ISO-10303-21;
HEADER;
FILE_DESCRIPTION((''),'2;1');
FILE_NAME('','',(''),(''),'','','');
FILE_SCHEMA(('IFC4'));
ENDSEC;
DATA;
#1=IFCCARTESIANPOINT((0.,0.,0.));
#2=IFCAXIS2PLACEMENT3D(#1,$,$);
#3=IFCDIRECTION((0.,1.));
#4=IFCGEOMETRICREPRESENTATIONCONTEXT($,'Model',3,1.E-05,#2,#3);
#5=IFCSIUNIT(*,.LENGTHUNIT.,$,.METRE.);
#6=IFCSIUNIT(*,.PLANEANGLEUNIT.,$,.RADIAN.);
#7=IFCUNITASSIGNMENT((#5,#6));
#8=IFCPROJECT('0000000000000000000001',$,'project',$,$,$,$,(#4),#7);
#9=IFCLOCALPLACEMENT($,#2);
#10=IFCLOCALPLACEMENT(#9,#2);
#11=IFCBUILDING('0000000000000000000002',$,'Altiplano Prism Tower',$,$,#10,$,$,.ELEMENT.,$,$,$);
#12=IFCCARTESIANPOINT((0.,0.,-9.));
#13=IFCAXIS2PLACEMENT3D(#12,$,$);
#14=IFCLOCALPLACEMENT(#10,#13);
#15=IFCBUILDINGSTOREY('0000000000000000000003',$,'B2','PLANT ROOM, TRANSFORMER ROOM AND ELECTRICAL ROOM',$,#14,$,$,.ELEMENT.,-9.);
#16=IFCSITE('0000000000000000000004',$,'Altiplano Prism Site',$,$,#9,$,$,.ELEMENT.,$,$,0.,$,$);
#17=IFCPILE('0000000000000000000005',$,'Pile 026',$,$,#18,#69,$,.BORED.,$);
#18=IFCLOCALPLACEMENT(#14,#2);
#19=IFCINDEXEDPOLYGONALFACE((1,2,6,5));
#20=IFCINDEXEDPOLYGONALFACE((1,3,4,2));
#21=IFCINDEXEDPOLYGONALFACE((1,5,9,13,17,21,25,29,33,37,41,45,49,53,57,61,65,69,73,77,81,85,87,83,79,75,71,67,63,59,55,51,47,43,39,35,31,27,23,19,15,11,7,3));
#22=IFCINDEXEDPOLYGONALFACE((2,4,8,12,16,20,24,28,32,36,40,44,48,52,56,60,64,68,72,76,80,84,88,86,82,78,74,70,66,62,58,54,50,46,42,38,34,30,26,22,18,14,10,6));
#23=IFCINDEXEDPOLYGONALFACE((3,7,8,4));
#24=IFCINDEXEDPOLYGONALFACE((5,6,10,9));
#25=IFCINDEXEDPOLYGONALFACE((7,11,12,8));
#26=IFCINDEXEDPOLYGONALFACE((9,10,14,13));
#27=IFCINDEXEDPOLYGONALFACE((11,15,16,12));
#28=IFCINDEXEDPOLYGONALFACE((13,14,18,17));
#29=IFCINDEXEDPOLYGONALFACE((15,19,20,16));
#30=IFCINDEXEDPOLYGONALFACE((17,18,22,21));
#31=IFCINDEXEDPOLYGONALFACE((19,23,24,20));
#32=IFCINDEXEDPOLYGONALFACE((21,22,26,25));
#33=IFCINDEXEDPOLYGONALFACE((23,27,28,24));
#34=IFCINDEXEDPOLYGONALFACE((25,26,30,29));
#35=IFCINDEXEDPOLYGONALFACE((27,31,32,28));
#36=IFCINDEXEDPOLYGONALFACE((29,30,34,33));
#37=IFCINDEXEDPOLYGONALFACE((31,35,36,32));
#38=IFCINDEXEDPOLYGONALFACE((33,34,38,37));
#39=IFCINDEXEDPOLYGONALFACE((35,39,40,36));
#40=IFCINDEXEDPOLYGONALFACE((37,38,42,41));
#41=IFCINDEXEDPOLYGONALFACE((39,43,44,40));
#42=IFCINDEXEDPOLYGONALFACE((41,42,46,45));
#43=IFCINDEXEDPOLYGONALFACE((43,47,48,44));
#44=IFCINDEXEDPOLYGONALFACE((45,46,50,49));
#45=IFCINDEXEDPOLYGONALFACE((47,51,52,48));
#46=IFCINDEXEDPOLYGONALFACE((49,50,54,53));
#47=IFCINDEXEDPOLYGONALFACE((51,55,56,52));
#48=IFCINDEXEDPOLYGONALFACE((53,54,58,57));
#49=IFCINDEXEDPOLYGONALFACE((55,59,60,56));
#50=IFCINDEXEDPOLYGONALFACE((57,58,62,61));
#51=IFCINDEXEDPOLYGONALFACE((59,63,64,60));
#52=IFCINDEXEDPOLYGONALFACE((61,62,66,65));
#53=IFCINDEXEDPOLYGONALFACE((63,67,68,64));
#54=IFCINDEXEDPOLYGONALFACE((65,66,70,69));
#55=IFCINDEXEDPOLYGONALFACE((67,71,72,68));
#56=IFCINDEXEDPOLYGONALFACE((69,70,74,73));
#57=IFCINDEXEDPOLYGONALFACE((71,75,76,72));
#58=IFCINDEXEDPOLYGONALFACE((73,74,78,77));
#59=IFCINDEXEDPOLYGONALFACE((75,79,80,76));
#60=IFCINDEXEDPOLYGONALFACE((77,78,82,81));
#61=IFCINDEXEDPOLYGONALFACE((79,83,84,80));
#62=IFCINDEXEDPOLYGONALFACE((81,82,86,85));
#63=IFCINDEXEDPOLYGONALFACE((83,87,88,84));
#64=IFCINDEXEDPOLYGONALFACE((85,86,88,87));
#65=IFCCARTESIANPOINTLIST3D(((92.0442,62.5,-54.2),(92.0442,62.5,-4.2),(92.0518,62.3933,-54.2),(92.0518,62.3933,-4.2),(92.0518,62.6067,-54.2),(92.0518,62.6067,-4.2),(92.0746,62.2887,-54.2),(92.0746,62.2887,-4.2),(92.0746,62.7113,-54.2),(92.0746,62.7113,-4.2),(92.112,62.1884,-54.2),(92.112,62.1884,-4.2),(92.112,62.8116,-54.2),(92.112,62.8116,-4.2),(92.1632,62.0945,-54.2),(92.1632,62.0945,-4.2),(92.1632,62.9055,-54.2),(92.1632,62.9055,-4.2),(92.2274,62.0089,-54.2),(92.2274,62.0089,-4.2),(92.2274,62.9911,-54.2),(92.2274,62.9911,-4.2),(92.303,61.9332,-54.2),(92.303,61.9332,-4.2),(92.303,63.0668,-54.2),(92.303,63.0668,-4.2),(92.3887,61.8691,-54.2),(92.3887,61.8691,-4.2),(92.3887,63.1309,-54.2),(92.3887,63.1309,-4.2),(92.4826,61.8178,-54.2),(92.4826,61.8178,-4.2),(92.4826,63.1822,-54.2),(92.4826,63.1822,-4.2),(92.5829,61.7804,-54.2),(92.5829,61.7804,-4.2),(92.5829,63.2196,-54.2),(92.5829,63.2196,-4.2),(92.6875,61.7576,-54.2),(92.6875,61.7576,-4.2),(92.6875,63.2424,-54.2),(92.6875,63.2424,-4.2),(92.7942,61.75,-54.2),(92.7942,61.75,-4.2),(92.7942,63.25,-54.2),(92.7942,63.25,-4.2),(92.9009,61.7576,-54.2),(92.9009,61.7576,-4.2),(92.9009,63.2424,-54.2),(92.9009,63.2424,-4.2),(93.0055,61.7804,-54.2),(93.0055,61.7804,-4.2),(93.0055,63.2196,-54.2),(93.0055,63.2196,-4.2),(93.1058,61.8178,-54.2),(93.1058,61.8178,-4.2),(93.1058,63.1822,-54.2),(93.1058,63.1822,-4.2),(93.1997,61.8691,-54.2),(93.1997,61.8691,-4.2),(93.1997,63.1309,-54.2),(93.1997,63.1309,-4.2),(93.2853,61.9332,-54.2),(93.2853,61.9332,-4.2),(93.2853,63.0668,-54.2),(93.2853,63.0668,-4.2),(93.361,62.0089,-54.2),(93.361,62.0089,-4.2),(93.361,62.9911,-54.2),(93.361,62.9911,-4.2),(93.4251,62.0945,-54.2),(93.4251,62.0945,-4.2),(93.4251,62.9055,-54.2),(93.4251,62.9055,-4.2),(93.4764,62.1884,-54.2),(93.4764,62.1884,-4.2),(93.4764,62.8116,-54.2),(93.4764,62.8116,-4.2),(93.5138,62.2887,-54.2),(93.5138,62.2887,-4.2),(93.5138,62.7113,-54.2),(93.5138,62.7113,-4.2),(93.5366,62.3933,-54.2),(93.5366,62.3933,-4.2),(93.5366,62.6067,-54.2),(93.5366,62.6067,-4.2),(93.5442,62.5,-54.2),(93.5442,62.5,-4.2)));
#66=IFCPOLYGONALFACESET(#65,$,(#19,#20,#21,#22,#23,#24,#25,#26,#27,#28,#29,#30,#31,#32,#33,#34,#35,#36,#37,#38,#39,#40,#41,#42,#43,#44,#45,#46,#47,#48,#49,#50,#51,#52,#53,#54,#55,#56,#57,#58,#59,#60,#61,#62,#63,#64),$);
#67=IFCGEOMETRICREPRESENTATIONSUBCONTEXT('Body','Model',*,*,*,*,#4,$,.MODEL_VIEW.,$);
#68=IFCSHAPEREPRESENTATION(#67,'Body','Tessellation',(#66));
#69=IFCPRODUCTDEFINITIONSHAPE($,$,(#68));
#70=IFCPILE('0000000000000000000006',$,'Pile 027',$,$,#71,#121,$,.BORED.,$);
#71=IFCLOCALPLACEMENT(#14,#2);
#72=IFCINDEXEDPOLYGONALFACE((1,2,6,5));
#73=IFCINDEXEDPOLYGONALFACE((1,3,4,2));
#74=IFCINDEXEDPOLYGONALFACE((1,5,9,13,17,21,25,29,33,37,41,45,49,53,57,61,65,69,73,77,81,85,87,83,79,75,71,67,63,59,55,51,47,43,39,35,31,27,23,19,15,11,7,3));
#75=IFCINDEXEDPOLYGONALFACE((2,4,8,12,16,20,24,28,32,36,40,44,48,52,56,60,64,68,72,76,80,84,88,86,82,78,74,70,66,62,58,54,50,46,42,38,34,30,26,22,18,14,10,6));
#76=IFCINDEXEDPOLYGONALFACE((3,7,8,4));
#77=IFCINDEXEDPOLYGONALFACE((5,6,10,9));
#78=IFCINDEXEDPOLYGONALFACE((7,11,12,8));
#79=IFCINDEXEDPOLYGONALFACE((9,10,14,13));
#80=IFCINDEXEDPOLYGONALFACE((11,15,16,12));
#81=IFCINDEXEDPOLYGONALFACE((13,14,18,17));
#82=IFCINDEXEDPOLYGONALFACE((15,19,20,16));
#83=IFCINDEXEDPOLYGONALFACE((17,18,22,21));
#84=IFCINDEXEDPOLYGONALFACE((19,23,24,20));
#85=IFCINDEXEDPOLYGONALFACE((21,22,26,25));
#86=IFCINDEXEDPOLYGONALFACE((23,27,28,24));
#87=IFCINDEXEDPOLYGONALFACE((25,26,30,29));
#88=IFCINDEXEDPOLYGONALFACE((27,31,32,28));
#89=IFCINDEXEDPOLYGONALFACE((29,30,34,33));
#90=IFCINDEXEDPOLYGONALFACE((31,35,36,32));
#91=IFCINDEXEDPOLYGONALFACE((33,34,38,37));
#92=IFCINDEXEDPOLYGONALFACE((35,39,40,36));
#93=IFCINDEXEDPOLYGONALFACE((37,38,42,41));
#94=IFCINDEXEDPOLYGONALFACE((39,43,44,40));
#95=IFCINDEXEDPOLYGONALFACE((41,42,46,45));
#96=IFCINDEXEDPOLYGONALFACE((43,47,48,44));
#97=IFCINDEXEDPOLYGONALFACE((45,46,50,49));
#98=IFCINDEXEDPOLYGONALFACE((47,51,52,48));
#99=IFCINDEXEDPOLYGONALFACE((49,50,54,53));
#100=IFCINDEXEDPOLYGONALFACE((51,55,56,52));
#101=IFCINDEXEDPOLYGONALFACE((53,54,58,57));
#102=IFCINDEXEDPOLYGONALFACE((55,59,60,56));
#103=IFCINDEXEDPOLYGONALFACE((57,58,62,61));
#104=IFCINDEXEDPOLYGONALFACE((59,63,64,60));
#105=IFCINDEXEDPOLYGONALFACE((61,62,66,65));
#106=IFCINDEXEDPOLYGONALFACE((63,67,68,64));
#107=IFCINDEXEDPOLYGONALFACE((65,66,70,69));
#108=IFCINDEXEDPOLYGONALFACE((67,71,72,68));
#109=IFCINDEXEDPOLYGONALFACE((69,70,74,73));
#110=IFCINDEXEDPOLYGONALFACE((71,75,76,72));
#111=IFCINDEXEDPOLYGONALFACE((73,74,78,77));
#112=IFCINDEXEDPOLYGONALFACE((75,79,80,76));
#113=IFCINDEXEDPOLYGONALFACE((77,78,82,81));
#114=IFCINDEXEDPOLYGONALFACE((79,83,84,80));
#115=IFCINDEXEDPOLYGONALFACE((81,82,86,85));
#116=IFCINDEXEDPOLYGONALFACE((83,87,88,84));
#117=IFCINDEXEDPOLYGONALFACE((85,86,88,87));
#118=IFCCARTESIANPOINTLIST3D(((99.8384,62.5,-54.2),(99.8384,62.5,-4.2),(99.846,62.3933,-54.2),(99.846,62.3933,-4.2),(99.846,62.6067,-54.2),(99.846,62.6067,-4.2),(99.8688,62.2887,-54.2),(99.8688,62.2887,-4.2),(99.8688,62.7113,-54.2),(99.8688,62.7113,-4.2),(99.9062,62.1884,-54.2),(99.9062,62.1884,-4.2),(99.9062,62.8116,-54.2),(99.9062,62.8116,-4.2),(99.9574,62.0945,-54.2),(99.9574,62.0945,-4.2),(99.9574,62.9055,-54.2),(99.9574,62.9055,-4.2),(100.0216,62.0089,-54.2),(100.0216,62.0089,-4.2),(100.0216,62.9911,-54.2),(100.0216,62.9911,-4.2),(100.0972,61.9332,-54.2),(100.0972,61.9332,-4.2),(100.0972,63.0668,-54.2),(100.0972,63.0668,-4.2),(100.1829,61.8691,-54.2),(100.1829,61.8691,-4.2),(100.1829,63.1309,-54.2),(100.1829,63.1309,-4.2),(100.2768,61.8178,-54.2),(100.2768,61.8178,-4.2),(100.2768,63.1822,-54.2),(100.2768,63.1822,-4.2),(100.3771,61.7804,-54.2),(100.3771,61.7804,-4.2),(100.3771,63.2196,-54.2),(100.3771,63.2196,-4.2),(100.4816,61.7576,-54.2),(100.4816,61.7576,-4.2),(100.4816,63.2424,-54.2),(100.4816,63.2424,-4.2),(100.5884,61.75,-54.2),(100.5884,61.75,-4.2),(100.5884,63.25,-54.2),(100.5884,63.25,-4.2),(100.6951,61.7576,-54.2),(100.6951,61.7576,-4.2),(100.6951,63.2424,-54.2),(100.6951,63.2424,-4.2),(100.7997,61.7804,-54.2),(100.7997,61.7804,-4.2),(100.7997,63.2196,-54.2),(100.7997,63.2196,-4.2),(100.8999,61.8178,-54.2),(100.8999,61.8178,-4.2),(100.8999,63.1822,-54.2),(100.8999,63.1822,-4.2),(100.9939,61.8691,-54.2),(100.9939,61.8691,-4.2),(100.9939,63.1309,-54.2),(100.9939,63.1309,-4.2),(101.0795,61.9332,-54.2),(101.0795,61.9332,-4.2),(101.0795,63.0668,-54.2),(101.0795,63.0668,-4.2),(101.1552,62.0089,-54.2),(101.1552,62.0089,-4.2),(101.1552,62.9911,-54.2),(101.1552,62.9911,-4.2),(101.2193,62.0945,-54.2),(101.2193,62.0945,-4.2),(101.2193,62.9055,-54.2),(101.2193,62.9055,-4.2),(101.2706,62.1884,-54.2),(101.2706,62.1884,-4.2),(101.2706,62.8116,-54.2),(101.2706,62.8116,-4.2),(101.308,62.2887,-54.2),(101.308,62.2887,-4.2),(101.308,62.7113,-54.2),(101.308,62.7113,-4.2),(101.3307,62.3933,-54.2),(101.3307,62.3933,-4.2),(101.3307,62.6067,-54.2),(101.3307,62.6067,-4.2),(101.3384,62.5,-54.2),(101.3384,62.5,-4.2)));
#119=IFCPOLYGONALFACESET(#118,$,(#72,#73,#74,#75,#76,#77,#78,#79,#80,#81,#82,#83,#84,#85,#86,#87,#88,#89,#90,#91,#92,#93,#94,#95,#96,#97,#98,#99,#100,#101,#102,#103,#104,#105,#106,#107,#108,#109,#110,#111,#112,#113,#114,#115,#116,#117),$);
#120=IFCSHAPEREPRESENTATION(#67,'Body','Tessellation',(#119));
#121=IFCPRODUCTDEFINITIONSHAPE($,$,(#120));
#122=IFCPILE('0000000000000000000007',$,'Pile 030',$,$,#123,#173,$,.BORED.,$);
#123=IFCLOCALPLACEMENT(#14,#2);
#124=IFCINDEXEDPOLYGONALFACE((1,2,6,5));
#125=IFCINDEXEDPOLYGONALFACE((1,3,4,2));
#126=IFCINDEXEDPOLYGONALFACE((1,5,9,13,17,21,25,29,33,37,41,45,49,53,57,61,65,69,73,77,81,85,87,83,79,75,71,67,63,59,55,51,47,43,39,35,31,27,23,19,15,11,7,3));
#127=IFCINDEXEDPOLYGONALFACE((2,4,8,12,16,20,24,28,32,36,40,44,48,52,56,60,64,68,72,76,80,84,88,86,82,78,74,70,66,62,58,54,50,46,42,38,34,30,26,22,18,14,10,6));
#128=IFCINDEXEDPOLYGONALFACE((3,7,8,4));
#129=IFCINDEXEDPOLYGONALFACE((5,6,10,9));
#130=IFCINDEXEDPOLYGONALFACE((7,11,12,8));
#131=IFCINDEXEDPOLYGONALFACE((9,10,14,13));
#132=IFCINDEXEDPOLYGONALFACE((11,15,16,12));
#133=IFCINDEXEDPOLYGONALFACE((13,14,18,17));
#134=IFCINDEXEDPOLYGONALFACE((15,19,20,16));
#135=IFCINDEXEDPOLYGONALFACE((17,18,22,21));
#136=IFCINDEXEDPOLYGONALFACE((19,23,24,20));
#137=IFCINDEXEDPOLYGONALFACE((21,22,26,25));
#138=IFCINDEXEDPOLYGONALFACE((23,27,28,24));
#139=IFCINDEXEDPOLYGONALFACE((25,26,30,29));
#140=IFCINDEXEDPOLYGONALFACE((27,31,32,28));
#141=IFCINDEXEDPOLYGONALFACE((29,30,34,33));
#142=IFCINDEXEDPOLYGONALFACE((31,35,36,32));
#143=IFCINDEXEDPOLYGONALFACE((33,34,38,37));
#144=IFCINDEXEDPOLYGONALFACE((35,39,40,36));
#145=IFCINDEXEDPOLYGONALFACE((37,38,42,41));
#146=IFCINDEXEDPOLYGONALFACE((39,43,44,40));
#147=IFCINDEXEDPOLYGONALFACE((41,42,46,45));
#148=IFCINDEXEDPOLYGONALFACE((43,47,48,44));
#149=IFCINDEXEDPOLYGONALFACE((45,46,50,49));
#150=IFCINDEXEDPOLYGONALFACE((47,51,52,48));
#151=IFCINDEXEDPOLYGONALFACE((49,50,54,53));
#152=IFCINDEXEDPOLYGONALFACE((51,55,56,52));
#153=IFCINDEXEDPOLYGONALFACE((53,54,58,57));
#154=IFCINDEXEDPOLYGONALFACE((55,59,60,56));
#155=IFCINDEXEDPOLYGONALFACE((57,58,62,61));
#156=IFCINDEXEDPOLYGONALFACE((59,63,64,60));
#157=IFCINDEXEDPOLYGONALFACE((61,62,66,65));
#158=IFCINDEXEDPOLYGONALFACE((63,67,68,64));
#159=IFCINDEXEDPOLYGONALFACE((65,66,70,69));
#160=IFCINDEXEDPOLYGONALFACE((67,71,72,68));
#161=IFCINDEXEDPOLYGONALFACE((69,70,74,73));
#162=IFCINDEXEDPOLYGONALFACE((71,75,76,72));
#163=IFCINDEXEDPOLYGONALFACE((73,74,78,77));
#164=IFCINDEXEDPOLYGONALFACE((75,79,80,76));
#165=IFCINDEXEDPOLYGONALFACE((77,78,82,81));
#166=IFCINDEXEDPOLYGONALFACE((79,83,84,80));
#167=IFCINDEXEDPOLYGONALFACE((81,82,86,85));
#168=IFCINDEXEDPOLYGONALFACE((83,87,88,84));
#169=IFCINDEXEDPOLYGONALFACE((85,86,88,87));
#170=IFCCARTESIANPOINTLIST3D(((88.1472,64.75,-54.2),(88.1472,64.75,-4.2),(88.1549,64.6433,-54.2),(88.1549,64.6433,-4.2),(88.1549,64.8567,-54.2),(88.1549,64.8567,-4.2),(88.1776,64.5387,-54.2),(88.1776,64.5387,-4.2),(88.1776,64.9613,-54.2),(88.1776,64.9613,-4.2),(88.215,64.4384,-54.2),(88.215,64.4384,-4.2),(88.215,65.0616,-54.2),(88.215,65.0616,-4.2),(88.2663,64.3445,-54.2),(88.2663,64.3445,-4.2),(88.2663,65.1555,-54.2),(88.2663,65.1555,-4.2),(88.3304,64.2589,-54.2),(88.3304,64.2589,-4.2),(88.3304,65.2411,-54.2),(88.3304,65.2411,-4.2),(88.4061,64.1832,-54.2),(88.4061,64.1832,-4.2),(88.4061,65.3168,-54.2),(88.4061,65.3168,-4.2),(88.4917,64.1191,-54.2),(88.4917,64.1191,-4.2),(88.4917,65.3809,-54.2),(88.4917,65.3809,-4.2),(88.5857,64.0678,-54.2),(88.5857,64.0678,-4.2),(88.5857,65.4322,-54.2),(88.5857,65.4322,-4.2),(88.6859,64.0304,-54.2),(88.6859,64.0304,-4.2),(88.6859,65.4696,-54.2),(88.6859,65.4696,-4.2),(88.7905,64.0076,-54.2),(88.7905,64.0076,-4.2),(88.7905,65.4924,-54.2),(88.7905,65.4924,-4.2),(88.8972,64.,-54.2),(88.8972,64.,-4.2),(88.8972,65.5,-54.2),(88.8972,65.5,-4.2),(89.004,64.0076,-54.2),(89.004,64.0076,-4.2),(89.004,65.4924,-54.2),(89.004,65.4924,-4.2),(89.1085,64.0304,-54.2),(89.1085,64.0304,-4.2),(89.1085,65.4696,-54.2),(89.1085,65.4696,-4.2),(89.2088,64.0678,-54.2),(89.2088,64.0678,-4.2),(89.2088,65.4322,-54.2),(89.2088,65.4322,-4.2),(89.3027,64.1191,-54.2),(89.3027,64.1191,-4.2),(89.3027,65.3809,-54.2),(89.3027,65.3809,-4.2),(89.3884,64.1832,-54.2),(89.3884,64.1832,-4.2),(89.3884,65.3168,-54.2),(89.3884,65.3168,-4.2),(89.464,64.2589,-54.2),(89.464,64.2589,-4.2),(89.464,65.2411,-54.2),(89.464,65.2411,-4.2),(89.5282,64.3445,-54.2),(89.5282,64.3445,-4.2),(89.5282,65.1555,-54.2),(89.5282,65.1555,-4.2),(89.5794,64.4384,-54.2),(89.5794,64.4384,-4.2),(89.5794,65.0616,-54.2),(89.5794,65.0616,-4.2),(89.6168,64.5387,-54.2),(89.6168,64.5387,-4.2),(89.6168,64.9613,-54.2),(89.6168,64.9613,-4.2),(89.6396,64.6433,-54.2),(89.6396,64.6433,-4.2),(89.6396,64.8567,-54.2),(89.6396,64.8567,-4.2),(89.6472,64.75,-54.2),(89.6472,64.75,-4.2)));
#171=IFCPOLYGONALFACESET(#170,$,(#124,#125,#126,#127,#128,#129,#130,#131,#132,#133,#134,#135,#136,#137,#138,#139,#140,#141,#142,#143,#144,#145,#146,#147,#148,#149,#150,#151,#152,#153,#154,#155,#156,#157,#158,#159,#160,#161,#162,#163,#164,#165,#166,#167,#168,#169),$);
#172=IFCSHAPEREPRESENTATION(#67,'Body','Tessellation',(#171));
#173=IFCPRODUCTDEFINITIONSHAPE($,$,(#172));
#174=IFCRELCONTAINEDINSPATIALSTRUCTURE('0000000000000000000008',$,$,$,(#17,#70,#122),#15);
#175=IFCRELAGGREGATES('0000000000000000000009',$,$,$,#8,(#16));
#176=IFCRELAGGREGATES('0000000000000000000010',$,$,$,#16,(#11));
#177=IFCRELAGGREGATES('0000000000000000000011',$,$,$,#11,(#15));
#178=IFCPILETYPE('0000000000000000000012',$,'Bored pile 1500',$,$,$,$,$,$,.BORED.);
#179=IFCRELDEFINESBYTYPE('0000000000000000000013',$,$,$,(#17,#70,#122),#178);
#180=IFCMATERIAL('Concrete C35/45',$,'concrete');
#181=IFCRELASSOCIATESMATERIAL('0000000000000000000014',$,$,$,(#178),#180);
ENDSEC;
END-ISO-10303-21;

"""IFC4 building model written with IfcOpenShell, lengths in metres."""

from ifc_helpers import new_model, si_unit, direction, frame, origin, origin_2d, place, context, subcontext, project, spatial, circle, extrude, material, material_profile, profile_set, type_object, element, save


model = new_model("IFC4")

# Units and contexts
model_context = context("Model", 3, precision=1e-05, world=origin(), true_north=direction((0.0, 1.0)))
body_context = subcontext(model_context, "Body", "Model", "MODEL_VIEW")
ifc_project = project(units=[si_unit("LENGTHUNIT", "METRE"), si_unit("PLANEANGLEUNIT", "RADIAN")], contexts=[model_context])

# Site, building, storey
site_placement = place(None, origin())
site = spatial("IfcSite", under=ifc_project, at=site_placement, Name="Altiplano Prism Site", CompositionType="ELEMENT", RefElevation=0.0)
building_placement = place(site_placement, origin())
building = spatial("IfcBuilding", under=site, at=building_placement, Name="Altiplano Prism Tower", CompositionType="ELEMENT")
storey_placement = place(building_placement, frame((0.0, 0.0, -9.0)))
storey = spatial("IfcBuildingStorey", under=building, at=storey_placement, Name="B2", Description="PLANT ROOM, TRANSFORMER ROOM AND ELECTRICAL ROOM", CompositionType="ELEMENT", Elevation=-9.0)

# Piles
ifc_material_1 = material(Name="Concrete C35/45", Category="concrete")
ifc_material_profile_1 = material_profile(ifc_material_1, circle(Radius=0.75, at=origin_2d()), Name="Bored pile 1500")
ifc_profile_set_1 = profile_set([ifc_material_profile_1], Name="Concrete C35/45")
pile_type = type_object("IfcPileType", Name="Bored pile 1500", PredefinedType="BORED", material=ifc_profile_set_1)
for number, where, z_axis, x_axis, name in (
    (1, (92.7942, 62.5, -4.2), (0.0, 0.0, -1.0), (1.0, 0.0, 0.0), "Pile 026"),
    (2, (100.5884, 62.5, -4.2), (0.0, 0.0, -1.0), (1.0, 0.0, 0.0), "Pile 027"),
    (3, (88.8972, 64.75, -4.2), (0.0, 0.0, -1.0), (1.0, 0.0, 0.0), "Pile 030"),
):
    element("IfcPile", number, at=place(storey_placement, frame(where, z_axis=z_axis, x_axis=x_axis)), inside=storey, type_object=pile_type, Name=name, PredefinedType="BORED", context=body_context, shape_type="SweptSolid", body=[
        extrude(circle(Radius=0.75, at=origin_2d()), origin(), (0.0, 0.0, 1.0), 50.0),
    ])

save(model, "model.ifc")
